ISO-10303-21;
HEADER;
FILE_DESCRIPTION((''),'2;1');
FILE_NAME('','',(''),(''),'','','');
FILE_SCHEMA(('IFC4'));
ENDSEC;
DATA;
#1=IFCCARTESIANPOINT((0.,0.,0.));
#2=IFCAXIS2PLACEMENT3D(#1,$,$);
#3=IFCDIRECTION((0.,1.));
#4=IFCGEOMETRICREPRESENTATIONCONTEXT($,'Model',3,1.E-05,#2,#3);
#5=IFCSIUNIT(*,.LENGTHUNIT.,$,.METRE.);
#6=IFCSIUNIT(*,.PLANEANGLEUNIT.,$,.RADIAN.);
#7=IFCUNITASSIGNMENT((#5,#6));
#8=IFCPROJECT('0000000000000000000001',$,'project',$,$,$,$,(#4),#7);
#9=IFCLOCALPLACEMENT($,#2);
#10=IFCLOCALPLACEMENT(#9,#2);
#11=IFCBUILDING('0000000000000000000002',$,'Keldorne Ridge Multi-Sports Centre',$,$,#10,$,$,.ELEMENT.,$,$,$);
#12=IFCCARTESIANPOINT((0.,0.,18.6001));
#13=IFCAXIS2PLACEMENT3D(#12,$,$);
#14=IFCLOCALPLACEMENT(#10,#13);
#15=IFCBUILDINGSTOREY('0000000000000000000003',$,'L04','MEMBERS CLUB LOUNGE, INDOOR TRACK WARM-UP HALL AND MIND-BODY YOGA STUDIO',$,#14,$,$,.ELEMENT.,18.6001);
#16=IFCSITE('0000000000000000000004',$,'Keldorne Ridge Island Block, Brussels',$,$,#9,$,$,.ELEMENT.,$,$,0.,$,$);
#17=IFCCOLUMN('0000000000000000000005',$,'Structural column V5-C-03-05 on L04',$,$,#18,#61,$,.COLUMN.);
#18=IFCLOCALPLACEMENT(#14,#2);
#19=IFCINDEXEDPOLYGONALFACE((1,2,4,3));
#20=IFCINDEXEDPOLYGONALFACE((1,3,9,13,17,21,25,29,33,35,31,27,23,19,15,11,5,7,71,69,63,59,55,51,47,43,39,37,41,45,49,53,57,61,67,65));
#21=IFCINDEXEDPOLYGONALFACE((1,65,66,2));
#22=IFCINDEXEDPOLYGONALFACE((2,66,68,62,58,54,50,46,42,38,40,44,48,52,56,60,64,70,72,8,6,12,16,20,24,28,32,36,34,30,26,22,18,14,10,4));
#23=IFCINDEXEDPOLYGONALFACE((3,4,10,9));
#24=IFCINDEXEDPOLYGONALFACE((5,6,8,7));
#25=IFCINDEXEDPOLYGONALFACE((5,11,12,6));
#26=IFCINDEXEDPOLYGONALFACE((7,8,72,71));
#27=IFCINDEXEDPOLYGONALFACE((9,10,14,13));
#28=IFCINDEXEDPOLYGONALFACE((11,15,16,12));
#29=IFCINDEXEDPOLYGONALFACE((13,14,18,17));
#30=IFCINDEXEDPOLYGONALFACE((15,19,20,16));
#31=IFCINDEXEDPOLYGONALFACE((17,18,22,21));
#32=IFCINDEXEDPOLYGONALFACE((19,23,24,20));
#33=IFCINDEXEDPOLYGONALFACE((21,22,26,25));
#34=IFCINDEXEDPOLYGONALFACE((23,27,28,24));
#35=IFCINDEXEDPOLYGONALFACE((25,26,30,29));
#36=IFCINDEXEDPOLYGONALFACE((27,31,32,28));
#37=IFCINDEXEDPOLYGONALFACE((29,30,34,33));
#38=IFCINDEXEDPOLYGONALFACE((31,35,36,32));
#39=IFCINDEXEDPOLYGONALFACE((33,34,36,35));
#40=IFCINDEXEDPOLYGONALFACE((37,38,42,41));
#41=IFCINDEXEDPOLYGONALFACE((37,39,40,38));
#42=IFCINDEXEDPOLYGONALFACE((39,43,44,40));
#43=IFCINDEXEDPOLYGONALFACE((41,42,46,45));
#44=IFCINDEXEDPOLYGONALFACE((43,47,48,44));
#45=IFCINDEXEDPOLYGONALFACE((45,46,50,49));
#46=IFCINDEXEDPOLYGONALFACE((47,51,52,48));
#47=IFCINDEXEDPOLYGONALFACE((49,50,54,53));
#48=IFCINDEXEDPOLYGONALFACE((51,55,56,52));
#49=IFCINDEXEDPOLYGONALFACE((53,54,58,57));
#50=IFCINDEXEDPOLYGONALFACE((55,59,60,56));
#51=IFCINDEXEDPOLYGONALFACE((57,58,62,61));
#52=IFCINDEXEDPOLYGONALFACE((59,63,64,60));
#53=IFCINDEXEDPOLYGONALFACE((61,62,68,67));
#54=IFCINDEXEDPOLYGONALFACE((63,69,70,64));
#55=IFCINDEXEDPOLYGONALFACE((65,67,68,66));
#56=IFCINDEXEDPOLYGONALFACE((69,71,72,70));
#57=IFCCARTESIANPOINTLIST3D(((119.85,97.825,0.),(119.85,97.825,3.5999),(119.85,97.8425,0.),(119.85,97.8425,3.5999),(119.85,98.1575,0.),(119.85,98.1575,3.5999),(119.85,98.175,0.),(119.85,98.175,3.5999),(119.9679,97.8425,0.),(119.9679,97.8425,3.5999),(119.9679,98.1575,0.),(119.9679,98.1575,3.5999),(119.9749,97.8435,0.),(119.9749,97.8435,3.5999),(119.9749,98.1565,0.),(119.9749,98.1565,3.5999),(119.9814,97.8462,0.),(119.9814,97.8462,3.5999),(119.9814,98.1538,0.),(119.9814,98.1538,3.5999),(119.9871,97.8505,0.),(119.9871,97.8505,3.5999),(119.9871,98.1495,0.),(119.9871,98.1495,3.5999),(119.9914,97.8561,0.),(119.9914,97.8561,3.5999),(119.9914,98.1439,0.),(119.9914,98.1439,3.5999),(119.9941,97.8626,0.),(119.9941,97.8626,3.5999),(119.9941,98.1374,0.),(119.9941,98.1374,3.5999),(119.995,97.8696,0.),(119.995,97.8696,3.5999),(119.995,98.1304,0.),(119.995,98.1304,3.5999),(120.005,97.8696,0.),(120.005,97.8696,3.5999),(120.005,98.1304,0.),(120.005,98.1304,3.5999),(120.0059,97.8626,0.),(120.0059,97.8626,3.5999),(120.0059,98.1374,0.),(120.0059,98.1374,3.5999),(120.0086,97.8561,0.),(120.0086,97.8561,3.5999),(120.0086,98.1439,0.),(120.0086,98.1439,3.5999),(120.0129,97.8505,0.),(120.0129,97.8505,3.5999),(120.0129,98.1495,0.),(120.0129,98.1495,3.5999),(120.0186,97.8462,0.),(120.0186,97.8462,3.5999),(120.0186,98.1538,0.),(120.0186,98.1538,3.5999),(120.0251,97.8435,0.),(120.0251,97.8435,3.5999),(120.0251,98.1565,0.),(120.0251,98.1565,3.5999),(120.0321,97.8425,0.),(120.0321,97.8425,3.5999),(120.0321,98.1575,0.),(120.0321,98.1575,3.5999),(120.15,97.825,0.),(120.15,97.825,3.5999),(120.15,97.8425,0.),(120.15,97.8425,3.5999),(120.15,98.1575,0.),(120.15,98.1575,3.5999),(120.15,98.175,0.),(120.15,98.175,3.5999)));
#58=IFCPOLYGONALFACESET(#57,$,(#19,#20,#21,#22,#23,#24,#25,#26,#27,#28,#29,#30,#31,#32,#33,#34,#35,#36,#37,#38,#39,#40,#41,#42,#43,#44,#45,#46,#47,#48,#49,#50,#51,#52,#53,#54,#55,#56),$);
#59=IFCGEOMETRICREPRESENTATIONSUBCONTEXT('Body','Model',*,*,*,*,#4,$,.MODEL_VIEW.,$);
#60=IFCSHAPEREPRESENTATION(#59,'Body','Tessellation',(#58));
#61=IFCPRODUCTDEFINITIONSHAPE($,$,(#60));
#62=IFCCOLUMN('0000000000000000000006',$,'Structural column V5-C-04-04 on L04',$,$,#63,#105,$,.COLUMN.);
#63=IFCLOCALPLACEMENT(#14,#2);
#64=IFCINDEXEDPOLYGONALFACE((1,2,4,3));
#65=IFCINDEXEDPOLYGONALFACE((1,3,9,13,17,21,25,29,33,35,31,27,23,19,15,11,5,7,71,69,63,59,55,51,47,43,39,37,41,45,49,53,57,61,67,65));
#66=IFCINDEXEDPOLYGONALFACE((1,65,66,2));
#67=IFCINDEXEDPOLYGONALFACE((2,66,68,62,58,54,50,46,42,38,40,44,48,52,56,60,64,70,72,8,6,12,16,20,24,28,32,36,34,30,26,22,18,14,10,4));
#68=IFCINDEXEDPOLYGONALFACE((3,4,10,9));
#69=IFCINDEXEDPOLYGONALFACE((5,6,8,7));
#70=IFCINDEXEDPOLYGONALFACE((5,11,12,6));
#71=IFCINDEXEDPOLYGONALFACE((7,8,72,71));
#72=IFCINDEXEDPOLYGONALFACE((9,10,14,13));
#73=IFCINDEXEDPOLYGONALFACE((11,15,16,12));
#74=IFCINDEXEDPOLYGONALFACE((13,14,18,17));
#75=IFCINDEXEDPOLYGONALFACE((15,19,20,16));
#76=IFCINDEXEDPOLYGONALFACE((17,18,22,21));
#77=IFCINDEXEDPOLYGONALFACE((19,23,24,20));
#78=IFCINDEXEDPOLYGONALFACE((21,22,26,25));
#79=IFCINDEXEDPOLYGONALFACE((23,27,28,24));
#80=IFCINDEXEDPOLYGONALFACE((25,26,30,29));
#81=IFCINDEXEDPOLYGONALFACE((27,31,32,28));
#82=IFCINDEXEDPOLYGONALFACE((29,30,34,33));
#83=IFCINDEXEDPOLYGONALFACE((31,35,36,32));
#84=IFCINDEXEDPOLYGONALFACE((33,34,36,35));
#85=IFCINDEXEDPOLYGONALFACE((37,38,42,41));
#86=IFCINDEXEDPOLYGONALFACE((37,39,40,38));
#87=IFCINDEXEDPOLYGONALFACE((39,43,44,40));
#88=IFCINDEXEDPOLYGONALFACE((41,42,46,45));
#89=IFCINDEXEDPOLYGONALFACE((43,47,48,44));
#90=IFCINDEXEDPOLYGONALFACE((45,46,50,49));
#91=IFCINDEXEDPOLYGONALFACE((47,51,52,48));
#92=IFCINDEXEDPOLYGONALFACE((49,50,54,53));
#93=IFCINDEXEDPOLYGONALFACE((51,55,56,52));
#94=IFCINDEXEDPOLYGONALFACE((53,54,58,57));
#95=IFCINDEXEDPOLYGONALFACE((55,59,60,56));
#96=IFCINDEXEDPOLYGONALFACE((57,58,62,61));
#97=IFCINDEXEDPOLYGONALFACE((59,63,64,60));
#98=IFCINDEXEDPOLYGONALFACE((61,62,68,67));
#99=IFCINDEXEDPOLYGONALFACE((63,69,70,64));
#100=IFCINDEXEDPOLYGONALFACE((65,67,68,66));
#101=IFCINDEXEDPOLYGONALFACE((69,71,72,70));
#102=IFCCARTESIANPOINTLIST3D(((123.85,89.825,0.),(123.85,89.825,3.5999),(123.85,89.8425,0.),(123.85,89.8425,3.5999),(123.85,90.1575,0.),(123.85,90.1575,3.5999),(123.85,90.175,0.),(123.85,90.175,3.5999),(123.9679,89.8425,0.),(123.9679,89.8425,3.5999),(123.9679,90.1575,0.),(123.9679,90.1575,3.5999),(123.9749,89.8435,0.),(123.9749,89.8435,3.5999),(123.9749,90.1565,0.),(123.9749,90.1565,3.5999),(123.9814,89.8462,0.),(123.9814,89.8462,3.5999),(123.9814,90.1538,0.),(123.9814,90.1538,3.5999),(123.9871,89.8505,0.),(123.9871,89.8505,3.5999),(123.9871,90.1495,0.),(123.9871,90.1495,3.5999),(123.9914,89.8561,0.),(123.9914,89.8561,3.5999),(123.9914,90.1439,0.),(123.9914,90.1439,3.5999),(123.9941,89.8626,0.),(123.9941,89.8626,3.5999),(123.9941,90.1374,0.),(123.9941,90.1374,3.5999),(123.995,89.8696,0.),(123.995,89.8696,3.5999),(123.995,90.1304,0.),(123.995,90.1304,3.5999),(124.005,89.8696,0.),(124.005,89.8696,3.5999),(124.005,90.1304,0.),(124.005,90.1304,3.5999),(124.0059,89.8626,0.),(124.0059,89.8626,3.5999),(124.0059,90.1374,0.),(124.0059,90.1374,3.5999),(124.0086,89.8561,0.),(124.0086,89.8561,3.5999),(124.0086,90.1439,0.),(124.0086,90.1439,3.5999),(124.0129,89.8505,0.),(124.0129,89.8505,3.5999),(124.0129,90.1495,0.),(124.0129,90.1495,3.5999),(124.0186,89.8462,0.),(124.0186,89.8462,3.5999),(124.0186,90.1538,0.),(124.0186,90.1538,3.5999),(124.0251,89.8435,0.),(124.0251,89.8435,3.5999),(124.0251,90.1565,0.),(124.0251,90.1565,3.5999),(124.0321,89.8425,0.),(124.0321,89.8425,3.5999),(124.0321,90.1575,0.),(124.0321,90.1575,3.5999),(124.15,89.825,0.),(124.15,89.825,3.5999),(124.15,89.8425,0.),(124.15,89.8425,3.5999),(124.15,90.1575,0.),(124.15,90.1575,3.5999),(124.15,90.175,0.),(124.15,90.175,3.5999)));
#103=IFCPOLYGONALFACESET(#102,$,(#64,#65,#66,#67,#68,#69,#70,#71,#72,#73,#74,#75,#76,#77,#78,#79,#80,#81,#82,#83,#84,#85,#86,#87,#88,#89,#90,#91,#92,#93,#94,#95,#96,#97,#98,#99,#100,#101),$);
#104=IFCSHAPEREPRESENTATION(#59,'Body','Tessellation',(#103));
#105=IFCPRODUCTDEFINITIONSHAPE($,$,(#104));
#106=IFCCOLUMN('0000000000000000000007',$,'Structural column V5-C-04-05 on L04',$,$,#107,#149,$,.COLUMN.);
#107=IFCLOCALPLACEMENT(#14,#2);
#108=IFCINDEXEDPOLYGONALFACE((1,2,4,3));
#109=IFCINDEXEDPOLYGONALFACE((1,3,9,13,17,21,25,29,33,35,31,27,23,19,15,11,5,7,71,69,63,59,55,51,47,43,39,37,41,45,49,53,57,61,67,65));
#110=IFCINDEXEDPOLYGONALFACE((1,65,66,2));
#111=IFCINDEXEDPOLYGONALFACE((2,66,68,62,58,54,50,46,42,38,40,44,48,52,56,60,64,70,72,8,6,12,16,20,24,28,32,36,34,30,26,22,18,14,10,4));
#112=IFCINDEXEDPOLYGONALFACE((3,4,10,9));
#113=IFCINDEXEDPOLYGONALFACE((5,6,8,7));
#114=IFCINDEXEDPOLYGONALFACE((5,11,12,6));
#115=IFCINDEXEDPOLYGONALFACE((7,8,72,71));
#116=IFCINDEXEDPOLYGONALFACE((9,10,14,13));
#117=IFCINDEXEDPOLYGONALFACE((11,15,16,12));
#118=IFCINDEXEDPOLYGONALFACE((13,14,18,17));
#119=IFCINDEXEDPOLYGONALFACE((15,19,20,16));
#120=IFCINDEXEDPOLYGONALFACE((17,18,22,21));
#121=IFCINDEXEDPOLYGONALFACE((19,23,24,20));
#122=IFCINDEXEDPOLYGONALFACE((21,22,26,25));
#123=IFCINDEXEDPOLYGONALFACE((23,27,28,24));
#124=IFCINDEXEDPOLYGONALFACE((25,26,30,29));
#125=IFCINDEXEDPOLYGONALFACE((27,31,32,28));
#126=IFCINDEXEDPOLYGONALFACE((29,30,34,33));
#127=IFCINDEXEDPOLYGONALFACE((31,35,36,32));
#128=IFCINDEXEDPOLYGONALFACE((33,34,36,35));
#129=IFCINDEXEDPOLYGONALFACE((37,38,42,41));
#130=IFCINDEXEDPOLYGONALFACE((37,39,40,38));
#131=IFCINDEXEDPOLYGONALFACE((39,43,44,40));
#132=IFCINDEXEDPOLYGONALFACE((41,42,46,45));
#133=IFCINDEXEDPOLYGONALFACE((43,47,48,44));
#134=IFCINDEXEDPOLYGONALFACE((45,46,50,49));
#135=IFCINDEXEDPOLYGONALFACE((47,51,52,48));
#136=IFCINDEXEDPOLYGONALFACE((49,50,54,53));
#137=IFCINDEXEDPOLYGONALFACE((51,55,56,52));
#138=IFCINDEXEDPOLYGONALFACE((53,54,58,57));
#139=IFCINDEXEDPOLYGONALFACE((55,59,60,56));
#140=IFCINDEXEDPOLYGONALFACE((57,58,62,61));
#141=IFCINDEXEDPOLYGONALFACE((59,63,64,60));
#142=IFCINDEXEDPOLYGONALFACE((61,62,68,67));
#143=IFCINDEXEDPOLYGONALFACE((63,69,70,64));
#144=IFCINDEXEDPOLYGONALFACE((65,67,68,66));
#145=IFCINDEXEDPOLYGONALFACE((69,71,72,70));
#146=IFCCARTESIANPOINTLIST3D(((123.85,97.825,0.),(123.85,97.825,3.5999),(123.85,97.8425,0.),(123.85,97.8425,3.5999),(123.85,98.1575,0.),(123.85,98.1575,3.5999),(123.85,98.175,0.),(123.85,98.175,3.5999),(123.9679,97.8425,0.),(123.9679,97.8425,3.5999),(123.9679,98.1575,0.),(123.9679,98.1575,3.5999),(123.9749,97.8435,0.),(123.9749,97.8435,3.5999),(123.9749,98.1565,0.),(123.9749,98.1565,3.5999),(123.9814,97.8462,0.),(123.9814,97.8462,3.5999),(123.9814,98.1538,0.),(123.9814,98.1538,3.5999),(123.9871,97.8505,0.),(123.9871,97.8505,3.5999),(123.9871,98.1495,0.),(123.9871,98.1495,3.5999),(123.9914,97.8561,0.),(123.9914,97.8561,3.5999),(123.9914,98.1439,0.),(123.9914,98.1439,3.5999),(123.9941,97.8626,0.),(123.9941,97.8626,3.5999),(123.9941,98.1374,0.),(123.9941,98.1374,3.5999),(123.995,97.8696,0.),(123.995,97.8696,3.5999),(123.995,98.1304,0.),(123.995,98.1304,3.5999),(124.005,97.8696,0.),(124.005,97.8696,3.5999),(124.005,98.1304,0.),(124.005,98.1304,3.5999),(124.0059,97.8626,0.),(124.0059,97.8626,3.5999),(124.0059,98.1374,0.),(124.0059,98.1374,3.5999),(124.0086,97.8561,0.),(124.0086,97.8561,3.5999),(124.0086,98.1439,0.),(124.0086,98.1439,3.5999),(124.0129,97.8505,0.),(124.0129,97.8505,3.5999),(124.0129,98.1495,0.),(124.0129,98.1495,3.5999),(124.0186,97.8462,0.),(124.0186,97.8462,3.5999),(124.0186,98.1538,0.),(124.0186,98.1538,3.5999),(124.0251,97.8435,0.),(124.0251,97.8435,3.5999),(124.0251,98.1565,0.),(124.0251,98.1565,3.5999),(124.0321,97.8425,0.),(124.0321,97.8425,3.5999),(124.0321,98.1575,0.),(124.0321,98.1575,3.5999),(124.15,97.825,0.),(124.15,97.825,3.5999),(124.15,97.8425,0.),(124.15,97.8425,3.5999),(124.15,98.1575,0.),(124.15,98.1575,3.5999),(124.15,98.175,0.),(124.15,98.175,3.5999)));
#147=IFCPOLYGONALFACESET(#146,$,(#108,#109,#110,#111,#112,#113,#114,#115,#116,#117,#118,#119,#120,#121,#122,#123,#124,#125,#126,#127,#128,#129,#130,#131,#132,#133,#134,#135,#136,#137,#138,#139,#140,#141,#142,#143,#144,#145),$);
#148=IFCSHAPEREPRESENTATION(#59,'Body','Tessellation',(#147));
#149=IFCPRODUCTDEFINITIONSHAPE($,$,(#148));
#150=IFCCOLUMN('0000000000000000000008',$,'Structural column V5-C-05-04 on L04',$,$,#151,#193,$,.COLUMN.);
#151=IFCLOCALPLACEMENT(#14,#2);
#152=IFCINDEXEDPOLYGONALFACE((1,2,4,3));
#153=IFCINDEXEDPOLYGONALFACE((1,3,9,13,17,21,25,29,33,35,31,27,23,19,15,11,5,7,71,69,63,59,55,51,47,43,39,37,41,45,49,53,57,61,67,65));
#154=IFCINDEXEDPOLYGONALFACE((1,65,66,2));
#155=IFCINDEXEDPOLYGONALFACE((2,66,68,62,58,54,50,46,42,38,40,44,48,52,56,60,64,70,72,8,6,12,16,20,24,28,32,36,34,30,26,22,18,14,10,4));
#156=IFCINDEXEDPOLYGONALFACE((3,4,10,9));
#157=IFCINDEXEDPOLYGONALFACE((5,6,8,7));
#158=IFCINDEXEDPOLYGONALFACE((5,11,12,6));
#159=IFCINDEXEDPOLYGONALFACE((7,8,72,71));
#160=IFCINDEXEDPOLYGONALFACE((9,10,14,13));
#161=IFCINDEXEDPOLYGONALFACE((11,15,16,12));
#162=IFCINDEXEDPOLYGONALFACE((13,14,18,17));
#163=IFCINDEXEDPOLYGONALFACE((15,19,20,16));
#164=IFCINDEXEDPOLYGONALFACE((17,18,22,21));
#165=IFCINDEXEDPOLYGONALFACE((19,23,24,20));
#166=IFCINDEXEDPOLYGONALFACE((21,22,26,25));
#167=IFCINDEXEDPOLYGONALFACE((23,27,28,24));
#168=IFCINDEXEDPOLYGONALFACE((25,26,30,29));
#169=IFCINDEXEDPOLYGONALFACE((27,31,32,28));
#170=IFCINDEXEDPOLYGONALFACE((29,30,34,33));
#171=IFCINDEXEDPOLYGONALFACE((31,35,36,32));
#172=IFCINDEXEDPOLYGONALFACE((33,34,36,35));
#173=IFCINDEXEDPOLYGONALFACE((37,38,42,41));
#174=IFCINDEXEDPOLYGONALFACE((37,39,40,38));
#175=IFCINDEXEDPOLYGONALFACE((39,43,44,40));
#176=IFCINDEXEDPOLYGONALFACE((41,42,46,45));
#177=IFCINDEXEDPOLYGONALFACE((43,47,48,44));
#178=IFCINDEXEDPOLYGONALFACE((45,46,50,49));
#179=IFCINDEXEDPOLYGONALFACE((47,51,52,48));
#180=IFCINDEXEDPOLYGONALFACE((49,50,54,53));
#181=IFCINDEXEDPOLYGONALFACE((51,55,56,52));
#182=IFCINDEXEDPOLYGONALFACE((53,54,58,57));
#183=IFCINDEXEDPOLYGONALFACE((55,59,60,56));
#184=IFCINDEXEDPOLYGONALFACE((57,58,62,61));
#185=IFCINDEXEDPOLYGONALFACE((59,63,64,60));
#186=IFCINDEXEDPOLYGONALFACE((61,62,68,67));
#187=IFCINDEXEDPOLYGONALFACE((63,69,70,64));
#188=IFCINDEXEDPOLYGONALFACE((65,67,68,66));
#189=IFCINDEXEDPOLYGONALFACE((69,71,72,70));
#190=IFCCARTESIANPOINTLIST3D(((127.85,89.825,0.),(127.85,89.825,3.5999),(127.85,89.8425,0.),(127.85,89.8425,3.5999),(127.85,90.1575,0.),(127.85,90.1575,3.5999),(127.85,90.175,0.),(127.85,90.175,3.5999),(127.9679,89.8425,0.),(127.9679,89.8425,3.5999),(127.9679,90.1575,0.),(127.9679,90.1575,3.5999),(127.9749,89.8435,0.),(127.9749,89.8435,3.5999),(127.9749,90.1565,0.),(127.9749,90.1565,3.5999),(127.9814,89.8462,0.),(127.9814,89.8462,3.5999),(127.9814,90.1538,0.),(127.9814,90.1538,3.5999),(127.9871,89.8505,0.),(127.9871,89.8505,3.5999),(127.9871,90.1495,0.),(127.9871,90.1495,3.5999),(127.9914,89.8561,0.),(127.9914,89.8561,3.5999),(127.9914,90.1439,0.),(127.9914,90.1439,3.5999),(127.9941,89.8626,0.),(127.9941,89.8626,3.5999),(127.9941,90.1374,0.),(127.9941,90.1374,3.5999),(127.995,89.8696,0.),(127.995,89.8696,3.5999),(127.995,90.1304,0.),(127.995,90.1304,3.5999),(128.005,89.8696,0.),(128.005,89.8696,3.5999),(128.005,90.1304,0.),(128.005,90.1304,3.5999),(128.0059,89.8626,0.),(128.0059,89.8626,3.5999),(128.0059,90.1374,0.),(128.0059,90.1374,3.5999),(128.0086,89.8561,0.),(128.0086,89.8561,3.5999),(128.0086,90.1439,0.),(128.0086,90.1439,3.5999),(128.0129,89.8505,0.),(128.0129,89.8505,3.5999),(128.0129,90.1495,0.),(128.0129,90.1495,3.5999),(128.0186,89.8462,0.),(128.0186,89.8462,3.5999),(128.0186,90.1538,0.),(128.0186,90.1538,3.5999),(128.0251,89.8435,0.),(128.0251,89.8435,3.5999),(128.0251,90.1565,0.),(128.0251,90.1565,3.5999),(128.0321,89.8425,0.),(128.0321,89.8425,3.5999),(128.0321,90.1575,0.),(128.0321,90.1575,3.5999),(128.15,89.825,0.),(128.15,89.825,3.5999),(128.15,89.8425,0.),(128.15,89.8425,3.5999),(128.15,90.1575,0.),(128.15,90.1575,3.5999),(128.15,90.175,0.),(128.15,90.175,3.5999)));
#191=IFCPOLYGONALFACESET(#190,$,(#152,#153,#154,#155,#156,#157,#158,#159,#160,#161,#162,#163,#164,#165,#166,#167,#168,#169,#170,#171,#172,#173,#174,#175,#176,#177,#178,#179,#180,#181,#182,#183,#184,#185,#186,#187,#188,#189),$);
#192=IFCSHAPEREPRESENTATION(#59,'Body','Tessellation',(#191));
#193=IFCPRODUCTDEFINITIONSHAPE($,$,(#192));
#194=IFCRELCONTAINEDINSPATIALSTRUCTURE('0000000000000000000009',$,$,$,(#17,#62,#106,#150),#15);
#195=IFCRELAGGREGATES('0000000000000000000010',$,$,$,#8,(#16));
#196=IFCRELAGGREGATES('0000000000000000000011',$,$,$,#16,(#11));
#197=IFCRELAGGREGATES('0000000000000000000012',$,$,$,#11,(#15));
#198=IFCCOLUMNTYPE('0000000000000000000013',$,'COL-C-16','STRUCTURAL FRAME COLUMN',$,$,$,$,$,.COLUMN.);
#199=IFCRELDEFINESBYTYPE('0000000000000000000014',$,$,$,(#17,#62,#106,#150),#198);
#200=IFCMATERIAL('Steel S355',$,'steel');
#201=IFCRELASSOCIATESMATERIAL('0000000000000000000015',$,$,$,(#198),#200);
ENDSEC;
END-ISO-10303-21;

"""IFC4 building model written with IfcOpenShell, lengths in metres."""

from ifc_helpers import new_model, si_unit, direction, frame, origin, origin_2d, place, context, subcontext, project, spatial, i_section, extrude, material, material_profile, profile_set, type_object, element, save


model = new_model("IFC4")

# Units and contexts
model_context = context("Model", 3, precision=1e-05, world=origin(), true_north=direction((0.0, 1.0)))
body_context = subcontext(model_context, "Body", "Model", "MODEL_VIEW")
ifc_project = project(units=[si_unit("LENGTHUNIT", "METRE"), si_unit("PLANEANGLEUNIT", "RADIAN")], contexts=[model_context])

# Site, building, storey
site_placement = place(None, origin())
site = spatial("IfcSite", under=ifc_project, at=site_placement, Name="Keldorne Ridge Island Block, Brussels", CompositionType="ELEMENT", RefElevation=0.0)
building_placement = place(site_placement, origin())
building = spatial("IfcBuilding", under=site, at=building_placement, Name="Keldorne Ridge Multi-Sports Centre", CompositionType="ELEMENT")
storey_placement = place(building_placement, frame((0.0, 0.0, 18.6001)))
storey = spatial("IfcBuildingStorey", under=building, at=storey_placement, Name="L04", Description="MEMBERS CLUB LOUNGE, INDOOR TRACK WARM-UP HALL AND MIND-BODY YOGA STUDIO", CompositionType="ELEMENT", Elevation=18.6001)

# Columns
ifc_material_1 = material(Name="Steel S355", Category="steel")
ifc_material_profile_1 = material_profile(ifc_material_1, i_section(OverallWidth=0.3, OverallDepth=0.3501, WebThickness=0.01, FlangeThickness=0.0176, FilletRadius=0.0271, at=origin_2d()), Name="HEA 360")
ifc_profile_set_1 = profile_set([ifc_material_profile_1], Name="Steel S355")
column_type = type_object("IfcColumnType", Name="COL-C-16", Description="STRUCTURAL FRAME COLUMN", PredefinedType="COLUMN", material=ifc_profile_set_1)
for number, where, z_axis, x_axis, name in (
    (1, (120.0, 98.0, 0.0), (0.0, 0.0, 1.0), (1.0, 0.0, 0.0), "Structural column V5-C-03-05 on L04"),
    (2, (124.0, 90.0, 0.0), (0.0, 0.0, 1.0), (1.0, 0.0, 0.0), "Structural column V5-C-04-04 on L04"),
    (3, (124.0, 98.0, 0.0), (0.0, 0.0, 1.0), (1.0, 0.0, 0.0), "Structural column V5-C-04-05 on L04"),
    (4, (128.0, 90.0, 0.0), (0.0, 0.0, 1.0), (1.0, 0.0, 0.0), "Structural column V5-C-05-04 on L04"),
):
    element("IfcColumn", number, at=place(storey_placement, frame(where, z_axis=z_axis, x_axis=x_axis)), inside=storey, type_object=column_type, Name=name, PredefinedType="COLUMN", context=body_context, shape_type="SweptSolid", body=[
        extrude(i_section(OverallWidth=0.3, OverallDepth=0.3501, WebThickness=0.01, FlangeThickness=0.0176, FilletRadius=0.0271, at=origin_2d()), origin(), (0.0, 0.0, 1.0), 3.5999),
    ])

save(model, "model.ifc")
